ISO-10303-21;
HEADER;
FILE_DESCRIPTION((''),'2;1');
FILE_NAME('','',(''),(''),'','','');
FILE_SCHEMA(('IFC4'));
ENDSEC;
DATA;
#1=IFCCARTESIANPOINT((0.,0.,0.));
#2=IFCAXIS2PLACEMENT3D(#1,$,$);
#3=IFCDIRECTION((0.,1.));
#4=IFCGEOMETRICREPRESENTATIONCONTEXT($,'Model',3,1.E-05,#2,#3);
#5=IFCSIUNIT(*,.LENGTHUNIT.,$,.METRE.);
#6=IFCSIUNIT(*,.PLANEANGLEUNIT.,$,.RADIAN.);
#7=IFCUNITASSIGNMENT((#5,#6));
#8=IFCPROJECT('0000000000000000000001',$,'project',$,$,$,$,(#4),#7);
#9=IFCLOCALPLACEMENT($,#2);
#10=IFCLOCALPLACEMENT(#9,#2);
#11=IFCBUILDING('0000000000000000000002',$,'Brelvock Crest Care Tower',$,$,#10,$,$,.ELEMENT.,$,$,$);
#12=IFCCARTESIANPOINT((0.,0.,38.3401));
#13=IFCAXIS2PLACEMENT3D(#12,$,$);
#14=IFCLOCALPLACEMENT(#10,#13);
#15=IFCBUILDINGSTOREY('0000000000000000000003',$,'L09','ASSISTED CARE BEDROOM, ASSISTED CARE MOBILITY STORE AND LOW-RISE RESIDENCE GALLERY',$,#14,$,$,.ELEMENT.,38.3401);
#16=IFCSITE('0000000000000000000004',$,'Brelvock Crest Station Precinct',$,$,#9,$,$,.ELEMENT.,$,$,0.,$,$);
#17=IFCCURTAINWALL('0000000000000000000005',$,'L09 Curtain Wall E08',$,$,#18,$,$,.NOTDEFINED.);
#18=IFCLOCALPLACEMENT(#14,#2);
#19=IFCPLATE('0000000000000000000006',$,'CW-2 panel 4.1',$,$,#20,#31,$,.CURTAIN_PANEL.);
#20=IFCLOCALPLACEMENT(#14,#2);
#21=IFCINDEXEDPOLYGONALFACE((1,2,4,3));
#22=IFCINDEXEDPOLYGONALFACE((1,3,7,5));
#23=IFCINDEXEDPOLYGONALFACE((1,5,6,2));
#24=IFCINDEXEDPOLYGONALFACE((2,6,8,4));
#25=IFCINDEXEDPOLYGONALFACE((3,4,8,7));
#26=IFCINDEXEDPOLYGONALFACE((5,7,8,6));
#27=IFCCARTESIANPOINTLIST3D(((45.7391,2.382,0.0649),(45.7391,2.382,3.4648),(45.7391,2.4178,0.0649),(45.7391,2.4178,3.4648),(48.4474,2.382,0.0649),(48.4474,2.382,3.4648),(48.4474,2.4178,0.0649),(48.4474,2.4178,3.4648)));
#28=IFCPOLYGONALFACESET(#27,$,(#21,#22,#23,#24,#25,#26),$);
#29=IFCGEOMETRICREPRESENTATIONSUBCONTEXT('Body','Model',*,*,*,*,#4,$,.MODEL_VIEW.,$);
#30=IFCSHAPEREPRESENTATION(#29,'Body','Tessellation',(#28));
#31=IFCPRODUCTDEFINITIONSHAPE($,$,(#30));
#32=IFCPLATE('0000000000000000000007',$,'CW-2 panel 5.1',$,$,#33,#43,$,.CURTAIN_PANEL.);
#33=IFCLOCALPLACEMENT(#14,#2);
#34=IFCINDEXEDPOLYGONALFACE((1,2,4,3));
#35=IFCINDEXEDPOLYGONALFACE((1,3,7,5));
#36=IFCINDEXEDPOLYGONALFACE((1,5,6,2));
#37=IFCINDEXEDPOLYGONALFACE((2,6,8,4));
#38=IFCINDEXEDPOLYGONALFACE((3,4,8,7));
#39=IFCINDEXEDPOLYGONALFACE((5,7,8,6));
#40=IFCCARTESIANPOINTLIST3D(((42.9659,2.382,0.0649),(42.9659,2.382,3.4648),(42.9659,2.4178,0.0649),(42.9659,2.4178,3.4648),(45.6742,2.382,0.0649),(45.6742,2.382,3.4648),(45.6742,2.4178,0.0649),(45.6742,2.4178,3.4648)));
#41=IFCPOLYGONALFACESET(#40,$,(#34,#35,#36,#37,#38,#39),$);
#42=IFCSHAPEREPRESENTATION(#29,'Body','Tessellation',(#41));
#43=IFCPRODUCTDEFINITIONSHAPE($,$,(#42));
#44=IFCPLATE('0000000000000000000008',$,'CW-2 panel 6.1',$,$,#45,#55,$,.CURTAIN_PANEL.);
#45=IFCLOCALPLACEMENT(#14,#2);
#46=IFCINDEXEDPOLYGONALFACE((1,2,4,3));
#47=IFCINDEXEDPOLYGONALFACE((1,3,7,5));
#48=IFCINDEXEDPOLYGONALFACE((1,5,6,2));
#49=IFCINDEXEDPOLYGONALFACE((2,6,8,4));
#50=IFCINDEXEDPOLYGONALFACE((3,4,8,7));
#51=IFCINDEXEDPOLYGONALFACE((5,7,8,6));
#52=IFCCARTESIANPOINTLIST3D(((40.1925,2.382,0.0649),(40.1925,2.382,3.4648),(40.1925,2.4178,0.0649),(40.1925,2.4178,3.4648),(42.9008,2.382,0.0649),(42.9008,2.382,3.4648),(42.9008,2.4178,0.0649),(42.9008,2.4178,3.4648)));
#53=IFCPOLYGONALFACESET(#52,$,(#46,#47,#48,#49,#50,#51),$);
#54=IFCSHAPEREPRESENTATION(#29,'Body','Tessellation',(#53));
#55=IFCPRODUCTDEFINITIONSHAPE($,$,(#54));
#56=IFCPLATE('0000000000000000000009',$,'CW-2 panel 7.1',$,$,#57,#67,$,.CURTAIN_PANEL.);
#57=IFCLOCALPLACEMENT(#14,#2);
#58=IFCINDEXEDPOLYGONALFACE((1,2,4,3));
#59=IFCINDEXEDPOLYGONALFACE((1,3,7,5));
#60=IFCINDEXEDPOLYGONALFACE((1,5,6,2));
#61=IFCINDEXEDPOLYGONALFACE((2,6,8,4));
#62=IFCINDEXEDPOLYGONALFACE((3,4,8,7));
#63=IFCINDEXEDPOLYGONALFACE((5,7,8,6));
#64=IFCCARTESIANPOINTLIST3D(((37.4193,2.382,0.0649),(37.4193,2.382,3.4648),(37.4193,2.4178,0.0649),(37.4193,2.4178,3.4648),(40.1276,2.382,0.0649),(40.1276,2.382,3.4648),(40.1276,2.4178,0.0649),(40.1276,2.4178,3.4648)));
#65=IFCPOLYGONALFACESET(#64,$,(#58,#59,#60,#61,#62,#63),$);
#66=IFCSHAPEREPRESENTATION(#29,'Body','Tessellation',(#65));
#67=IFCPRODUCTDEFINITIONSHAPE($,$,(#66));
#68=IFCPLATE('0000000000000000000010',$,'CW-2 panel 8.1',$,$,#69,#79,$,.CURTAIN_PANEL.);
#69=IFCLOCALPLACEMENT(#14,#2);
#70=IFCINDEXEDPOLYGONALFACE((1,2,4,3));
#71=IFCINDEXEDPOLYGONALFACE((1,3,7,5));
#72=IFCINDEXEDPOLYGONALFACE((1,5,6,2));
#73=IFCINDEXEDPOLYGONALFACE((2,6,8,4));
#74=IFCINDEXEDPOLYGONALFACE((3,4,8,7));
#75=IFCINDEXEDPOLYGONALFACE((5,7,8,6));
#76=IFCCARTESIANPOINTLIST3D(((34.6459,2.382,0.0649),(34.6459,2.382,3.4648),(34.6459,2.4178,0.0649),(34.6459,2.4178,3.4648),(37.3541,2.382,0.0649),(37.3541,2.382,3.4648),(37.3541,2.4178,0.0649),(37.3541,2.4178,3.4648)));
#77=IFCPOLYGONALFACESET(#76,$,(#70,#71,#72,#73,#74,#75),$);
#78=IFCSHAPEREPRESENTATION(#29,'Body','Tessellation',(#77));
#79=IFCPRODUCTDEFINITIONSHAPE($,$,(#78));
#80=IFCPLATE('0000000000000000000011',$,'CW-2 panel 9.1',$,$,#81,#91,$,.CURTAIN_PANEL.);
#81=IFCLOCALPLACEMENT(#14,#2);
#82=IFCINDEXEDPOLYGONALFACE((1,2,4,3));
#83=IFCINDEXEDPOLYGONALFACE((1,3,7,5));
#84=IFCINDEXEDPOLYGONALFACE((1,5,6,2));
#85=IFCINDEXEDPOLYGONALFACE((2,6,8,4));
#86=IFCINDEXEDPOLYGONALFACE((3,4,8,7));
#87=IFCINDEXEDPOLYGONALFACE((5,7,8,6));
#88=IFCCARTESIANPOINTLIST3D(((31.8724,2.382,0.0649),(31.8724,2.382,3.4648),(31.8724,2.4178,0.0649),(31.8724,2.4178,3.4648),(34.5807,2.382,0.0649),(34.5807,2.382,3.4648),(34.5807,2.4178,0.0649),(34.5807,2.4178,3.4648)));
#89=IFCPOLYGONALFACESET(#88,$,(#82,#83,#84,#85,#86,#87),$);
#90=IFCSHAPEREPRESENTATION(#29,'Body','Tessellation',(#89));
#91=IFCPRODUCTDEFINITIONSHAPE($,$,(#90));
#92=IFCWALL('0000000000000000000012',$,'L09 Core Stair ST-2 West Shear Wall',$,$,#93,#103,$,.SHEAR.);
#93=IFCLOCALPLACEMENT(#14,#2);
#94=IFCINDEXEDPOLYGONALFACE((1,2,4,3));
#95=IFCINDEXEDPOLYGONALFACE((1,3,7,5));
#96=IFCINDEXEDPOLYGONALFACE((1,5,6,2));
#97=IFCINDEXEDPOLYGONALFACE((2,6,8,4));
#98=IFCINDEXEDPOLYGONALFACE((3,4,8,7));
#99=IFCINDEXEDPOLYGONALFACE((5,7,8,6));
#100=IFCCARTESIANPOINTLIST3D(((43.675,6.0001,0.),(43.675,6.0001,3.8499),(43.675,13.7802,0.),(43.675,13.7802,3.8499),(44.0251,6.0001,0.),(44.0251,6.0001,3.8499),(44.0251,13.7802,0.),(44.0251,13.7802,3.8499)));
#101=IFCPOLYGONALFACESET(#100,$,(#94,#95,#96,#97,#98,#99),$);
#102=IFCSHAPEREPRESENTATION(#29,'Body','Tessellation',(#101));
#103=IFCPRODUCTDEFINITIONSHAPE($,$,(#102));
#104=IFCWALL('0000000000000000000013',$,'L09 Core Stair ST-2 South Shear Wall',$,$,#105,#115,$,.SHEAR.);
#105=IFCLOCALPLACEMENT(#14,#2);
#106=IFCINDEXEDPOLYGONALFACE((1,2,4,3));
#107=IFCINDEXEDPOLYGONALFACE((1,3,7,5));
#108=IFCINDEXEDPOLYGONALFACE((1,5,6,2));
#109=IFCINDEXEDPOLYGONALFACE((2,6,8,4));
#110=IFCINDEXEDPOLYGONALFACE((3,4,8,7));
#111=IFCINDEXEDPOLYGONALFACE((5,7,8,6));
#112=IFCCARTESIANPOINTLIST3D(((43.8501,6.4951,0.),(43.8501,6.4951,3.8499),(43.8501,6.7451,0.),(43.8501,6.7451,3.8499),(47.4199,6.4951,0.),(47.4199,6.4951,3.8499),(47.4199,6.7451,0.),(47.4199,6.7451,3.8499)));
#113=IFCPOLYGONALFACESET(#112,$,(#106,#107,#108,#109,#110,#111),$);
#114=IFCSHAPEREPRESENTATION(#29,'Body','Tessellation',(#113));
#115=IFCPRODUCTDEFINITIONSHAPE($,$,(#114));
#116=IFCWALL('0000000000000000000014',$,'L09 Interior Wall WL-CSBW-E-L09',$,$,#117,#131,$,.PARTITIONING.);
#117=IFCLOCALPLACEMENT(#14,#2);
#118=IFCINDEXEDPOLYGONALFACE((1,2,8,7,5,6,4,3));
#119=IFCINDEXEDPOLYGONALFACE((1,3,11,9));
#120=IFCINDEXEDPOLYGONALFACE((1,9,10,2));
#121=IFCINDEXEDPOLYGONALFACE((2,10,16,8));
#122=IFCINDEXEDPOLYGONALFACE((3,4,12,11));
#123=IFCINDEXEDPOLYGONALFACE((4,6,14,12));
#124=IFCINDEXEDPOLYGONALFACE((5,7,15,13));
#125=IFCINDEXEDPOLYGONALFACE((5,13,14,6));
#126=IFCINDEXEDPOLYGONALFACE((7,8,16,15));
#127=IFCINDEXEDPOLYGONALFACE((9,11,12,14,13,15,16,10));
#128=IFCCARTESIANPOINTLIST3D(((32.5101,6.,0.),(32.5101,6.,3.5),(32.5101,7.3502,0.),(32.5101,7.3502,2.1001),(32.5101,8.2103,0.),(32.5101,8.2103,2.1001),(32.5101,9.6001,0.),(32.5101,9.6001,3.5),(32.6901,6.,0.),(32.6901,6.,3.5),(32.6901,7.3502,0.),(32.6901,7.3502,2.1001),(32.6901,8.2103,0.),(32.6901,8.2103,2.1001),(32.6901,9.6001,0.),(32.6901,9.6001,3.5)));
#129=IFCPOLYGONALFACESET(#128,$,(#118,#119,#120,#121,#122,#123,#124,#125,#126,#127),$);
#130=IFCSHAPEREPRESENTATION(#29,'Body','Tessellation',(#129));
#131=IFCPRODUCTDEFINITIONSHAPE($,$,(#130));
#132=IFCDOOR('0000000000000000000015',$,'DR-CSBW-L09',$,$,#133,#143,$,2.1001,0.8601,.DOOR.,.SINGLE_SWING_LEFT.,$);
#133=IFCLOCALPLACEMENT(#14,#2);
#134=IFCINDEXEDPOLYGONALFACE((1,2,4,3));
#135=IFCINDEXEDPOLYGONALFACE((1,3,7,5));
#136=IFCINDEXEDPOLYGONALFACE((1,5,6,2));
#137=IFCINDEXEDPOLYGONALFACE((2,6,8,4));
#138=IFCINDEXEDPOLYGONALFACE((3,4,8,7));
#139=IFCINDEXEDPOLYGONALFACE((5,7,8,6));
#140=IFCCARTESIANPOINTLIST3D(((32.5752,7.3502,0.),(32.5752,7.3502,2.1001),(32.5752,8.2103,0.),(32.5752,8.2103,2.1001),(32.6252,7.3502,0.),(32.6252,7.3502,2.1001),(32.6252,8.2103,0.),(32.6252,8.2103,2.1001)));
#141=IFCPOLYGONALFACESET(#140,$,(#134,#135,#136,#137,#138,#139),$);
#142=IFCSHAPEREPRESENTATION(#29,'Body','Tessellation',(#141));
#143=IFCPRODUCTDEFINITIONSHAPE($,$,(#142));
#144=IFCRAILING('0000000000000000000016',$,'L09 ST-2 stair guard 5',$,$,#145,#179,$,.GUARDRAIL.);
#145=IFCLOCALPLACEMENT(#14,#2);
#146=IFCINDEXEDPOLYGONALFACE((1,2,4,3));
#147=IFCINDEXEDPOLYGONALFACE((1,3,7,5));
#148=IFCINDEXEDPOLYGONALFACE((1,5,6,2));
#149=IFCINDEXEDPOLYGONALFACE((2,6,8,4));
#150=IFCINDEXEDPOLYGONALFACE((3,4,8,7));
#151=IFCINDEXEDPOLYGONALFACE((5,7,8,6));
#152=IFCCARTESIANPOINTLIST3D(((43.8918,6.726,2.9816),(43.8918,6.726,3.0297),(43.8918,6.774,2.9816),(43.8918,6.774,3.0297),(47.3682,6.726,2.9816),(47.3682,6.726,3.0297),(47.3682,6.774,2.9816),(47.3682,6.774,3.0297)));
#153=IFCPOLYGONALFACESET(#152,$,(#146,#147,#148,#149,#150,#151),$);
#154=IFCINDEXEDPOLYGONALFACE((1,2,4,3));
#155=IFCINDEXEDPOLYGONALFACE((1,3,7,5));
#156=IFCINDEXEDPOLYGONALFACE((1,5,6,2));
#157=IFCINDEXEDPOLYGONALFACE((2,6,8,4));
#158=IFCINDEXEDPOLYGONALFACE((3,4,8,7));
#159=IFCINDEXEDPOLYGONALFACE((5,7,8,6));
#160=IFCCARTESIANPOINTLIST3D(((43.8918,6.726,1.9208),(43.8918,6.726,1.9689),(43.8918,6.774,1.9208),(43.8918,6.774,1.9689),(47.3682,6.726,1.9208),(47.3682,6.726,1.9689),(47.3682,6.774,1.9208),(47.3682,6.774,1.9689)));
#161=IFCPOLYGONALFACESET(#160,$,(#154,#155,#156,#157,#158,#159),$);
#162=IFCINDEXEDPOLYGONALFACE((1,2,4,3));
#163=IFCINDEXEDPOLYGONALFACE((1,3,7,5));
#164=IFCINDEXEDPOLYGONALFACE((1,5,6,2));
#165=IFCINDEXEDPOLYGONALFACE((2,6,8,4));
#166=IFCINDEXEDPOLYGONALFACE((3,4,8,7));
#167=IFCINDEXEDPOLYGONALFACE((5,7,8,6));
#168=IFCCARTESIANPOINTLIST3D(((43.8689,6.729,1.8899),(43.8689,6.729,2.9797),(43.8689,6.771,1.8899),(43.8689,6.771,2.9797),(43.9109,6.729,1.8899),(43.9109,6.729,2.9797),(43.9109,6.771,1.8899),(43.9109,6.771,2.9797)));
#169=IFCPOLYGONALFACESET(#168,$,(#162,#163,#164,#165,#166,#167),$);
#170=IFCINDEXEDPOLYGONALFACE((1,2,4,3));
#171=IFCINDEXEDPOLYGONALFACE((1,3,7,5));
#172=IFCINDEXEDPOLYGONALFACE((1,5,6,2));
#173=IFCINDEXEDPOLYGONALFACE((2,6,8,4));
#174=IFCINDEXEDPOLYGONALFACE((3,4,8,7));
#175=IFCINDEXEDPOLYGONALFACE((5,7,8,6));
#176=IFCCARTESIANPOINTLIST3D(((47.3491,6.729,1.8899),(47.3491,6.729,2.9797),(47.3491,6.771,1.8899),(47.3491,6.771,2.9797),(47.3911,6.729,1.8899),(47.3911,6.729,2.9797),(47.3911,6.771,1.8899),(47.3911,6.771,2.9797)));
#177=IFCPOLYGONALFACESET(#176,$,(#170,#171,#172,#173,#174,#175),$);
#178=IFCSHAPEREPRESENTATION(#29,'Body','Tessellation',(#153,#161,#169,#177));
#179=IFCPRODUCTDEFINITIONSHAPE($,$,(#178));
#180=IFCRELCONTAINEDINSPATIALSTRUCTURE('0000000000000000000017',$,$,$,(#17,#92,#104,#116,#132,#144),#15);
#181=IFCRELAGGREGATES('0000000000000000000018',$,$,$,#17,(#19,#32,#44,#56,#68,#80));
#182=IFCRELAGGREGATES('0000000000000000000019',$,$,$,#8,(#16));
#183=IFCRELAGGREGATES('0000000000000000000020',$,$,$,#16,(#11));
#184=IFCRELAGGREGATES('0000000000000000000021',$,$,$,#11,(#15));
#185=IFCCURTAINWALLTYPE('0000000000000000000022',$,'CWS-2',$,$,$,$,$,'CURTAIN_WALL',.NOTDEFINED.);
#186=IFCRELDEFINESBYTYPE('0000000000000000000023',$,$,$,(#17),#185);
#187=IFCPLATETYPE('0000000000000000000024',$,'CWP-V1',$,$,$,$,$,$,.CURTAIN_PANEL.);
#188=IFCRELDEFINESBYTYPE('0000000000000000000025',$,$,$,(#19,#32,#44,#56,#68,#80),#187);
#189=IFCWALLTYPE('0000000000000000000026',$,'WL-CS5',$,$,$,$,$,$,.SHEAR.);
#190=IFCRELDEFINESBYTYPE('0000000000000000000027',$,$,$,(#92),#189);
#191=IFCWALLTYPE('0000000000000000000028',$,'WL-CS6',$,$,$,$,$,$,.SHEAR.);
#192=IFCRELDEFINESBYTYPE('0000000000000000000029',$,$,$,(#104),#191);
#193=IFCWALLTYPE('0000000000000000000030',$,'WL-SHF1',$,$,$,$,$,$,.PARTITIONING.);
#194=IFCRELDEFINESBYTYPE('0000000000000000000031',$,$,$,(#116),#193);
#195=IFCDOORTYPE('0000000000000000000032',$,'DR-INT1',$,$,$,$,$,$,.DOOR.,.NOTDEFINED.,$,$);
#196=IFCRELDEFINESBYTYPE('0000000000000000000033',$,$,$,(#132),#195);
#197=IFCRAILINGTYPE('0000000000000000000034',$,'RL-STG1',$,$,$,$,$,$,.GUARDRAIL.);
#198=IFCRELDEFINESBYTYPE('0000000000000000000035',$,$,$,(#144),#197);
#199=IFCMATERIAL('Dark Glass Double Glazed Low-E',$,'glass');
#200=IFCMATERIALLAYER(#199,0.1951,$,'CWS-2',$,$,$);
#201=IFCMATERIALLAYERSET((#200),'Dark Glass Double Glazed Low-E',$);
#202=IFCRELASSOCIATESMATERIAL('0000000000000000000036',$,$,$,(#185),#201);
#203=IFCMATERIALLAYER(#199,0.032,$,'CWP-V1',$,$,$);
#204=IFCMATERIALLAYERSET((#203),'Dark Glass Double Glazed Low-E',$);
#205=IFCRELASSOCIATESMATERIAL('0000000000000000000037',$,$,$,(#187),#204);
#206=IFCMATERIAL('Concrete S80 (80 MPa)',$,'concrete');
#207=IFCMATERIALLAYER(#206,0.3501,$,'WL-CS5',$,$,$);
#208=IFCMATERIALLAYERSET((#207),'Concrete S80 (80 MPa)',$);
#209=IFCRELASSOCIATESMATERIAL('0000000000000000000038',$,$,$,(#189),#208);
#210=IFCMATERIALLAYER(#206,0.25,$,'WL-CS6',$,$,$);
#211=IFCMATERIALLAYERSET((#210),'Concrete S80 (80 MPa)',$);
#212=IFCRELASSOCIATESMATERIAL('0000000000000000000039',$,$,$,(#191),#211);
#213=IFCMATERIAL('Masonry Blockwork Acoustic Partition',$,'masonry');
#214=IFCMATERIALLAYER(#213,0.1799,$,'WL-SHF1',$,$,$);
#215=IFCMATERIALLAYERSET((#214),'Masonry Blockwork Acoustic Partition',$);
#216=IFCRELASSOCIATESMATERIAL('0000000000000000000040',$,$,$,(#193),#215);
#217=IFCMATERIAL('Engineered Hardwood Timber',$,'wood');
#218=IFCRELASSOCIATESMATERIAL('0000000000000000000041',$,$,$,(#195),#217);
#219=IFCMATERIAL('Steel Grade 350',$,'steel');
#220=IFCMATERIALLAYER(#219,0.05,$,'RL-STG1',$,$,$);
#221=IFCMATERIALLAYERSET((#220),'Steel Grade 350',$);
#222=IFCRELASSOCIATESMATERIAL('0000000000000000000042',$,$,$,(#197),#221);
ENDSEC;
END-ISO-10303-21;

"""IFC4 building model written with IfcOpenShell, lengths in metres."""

from ifc_helpers import new_model, si_unit, direction, frame, frame_2d, origin, origin_2d, place, context, subcontext, project, spatial, rectangle, extrude, source, transform, mapped, material, layer, layer_set, type_object, element, fill, aggregate, save


model = new_model("IFC4")

# Units and contexts
model_context = context("Model", 3, precision=1e-05, world=origin(), true_north=direction((0.0, 1.0)))
body_context = subcontext(model_context, "Body", "Model", "MODEL_VIEW")
ifc_project = project(units=[si_unit("LENGTHUNIT", "METRE"), si_unit("PLANEANGLEUNIT", "RADIAN")], contexts=[model_context])

# Site, building, storey
site_placement = place(None, origin())
site = spatial("IfcSite", under=ifc_project, at=site_placement, Name="Brelvock Crest Station Precinct", CompositionType="ELEMENT", RefElevation=0.0)
building_placement = place(site_placement, origin())
building = spatial("IfcBuilding", under=site, at=building_placement, Name="Brelvock Crest Care Tower", CompositionType="ELEMENT")
storey_placement = place(building_placement, frame((0.0, 0.0, 38.3401)))
storey = spatial("IfcBuildingStorey", under=building, at=storey_placement, Name="L09", Description="ASSISTED CARE BEDROOM, ASSISTED CARE MOBILITY STORE AND LOW-RISE RESIDENCE GALLERY", CompositionType="ELEMENT", Elevation=38.3401)

# Shared definitions
ifc_material_1 = material(Name="Concrete S80 (80 MPa)", Category="concrete")

# Shared definitions
ifc_material_2 = material(Name="Steel Grade 350", Category="steel")

# Curtain wall, plates
ifc_material_3 = material(Name="Dark Glass Double Glazed Low-E", Category="glass")
ifc_layer_1 = layer(ifc_material_3, 0.1951, Name="CWS-2")
ifc_layer_set_1 = layer_set([ifc_layer_1], Name="Dark Glass Double Glazed Low-E")
curtain_wall_type = type_object("IfcCurtainWallType", Name="CWS-2", ElementType="CURTAIN_WALL", PredefinedType="NOTDEFINED", material=ifc_layer_set_1)
curtain_wall_placement = place(storey_placement, origin())
curtain_wall = element("IfcCurtainWall", 1, at=curtain_wall_placement, inside=storey, type_object=curtain_wall_type, Name="L09 Curtain Wall E08", PredefinedType="NOTDEFINED")
ifc_layer_2 = layer(ifc_material_3, 0.032, Name="CWP-V1")
ifc_layer_set_2 = layer_set([ifc_layer_2], Name="Dark Glass Double Glazed Low-E")
plate_type = type_object("IfcPlateType", Name="CWP-V1", PredefinedType="CURTAIN_PANEL", material=ifc_layer_set_2)
shared_shape_1 = source(origin(), body_context, "Body", "SweptSolid", [
    extrude(rectangle(XDim=2.7083, YDim=0.0359, at=origin_2d()), origin(), (0.0, 0.0, 1.0), 3.3999),
])
plate_1_placement = place(storey_placement, frame((47.0933, 2.3999, 0.0649), z_axis=(0.0, 0.0, 1.0), x_axis=(-1.0, 0.0, 0.0)))
plate_1 = element("IfcPlate", 2, at=plate_1_placement, type_object=plate_type, Name="CW-2 panel 4.1", PredefinedType="CURTAIN_PANEL", context=body_context, shape_type="MappedRepresentation", body=[
    mapped(shared_shape_1, transform((0.0, 0.0, 0.0), x_axis=(1.0, 0.0, 0.0), y_axis=(0.0, 1.0, 0.0), z_axis=(0.0, 0.0, 1.0), scale=1.0)),
])
plate_2_placement = place(storey_placement, frame((44.3201, 2.3999, 0.0649), z_axis=(0.0, 0.0, 1.0), x_axis=(-1.0, 0.0, 0.0)))
plate_2 = element("IfcPlate", 3, at=plate_2_placement, type_object=plate_type, Name="CW-2 panel 5.1", PredefinedType="CURTAIN_PANEL", context=body_context, shape_type="MappedRepresentation", body=[
    mapped(shared_shape_1, transform((0.0, 0.0, 0.0), x_axis=(1.0, 0.0, 0.0), y_axis=(0.0, 1.0, 0.0), z_axis=(0.0, 0.0, 1.0), scale=1.0)),
])
plate_3_placement = place(storey_placement, frame((41.5466, 2.3999, 0.0649), z_axis=(0.0, 0.0, 1.0), x_axis=(-1.0, 0.0, 0.0)))
plate_3 = element("IfcPlate", 4, at=plate_3_placement, type_object=plate_type, Name="CW-2 panel 6.1", PredefinedType="CURTAIN_PANEL", context=body_context, shape_type="MappedRepresentation", body=[
    mapped(shared_shape_1, transform((0.0, 0.0, 0.0), x_axis=(1.0, 0.0, 0.0), y_axis=(0.0, 1.0, 0.0), z_axis=(0.0, 0.0, 1.0), scale=1.0)),
])
plate_4_placement = place(storey_placement, frame((38.7734, 2.3999, 0.0649), z_axis=(0.0, 0.0, 1.0), x_axis=(-1.0, 0.0, 0.0)))
plate_4 = element("IfcPlate", 5, at=plate_4_placement, type_object=plate_type, Name="CW-2 panel 7.1", PredefinedType="CURTAIN_PANEL", context=body_context, shape_type="MappedRepresentation", body=[
    mapped(shared_shape_1, transform((0.0, 0.0, 0.0), x_axis=(1.0, 0.0, 0.0), y_axis=(0.0, 1.0, 0.0), z_axis=(0.0, 0.0, 1.0), scale=1.0)),
])
plate_5_placement = place(storey_placement, frame((36.0, 2.3999, 0.0649), z_axis=(0.0, 0.0, 1.0), x_axis=(-1.0, 0.0, 0.0)))
plate_5 = element("IfcPlate", 6, at=plate_5_placement, type_object=plate_type, Name="CW-2 panel 8.1", PredefinedType="CURTAIN_PANEL", context=body_context, shape_type="MappedRepresentation", body=[
    mapped(shared_shape_1, transform((0.0, 0.0, 0.0), x_axis=(1.0, 0.0, 0.0), y_axis=(0.0, 1.0, 0.0), z_axis=(0.0, 0.0, 1.0), scale=1.0)),
])
plate_6_placement = place(storey_placement, frame((33.2266, 2.3999, 0.0649), z_axis=(0.0, 0.0, 1.0), x_axis=(-1.0, 0.0, 0.0)))
plate_6 = element("IfcPlate", 7, at=plate_6_placement, type_object=plate_type, Name="CW-2 panel 9.1", PredefinedType="CURTAIN_PANEL", context=body_context, shape_type="MappedRepresentation", body=[
    mapped(shared_shape_1, transform((0.0, 0.0, 0.0), x_axis=(1.0, 0.0, 0.0), y_axis=(0.0, 1.0, 0.0), z_axis=(0.0, 0.0, 1.0), scale=1.0)),
])
aggregate(curtain_wall, [plate_1, plate_2, plate_3, plate_4, plate_5, plate_6])

# Walls
ifc_layer_3 = layer(ifc_material_1, 0.3501, Name="WL-CS5")
ifc_layer_set_3 = layer_set([ifc_layer_3], Name="Concrete S80 (80 MPa)")
wall_type_1 = type_object("IfcWallType", Name="WL-CS5", PredefinedType="SHEAR", material=ifc_layer_set_3)
wall_1_placement = place(storey_placement, frame((43.8501, 6.0, 0.0), z_axis=(0.0, 0.0, 1.0), x_axis=(0.0, 1.0, 0.0)))
element("IfcWall", 8, at=wall_1_placement, inside=storey, type_object=wall_type_1, Name="L09 Core Stair ST-2 West Shear Wall", PredefinedType="SHEAR", context=body_context, shape_type="SweptSolid", body=[
    extrude(rectangle(XDim=7.78, YDim=0.3501, at=frame_2d((3.8901, 0.0))), origin(), (0.0, 0.0, 1.0), 3.8499),
])
ifc_layer_4 = layer(ifc_material_1, 0.25, Name="WL-CS6")
ifc_layer_set_4 = layer_set([ifc_layer_4], Name="Concrete S80 (80 MPa)")
wall_type_2 = type_object("IfcWallType", Name="WL-CS6", PredefinedType="SHEAR", material=ifc_layer_set_4)
wall_2_placement = place(storey_placement, frame((43.8501, 6.6201, 0.0), z_axis=(0.0, 0.0, 1.0), x_axis=(1.0, 0.0, 0.0)))
element("IfcWall", 9, at=wall_2_placement, inside=storey, type_object=wall_type_2, Name="L09 Core Stair ST-2 South Shear Wall", PredefinedType="SHEAR", context=body_context, shape_type="SweptSolid", body=[
    extrude(rectangle(XDim=3.5698, YDim=0.25, at=frame_2d((1.7849, 0.0))), origin(), (0.0, 0.0, 1.0), 3.8499),
])

# Wall, opening, door
ifc_material_4 = material(Name="Masonry Blockwork Acoustic Partition", Category="masonry")
ifc_layer_5 = layer(ifc_material_4, 0.1799, Name="WL-SHF1")
ifc_layer_set_5 = layer_set([ifc_layer_5], Name="Masonry Blockwork Acoustic Partition")
wall_type_3 = type_object("IfcWallType", Name="WL-SHF1", PredefinedType="PARTITIONING", material=ifc_layer_set_5)
wall_3_placement = place(storey_placement, frame((32.6001, 6.0, 0.0), z_axis=(0.0, 0.0, 1.0), x_axis=(0.0, 1.0, 0.0)))
wall_3 = element("IfcWall", 10, at=wall_3_placement, inside=storey, type_object=wall_type_3, Name="L09 Interior Wall WL-CSBW-E-L09", PredefinedType="PARTITIONING", context=body_context, shape_type="SweptSolid", body=[
    extrude(rectangle(XDim=3.6001, YDim=0.1799, at=frame_2d((1.8, 0.0))), origin(), (0.0, 0.0, 1.0), 3.5),
])
opening_placement = place(wall_3_placement, frame((1.3501, 0.0, 0.0)))
opening = element("IfcOpeningElement", 11, at=opening_placement, cuts=wall_3, PredefinedType="OPENING", context=body_context, shape_type="SweptSolid", body=[
    extrude(rectangle(XDim=0.8601, YDim=2.1001, at=origin_2d()), frame((0.4302, 0.1001, 1.05), z_axis=(0.0, -1.0, 0.0), x_axis=(1.0, 0.0, 0.0)), (0.0, 0.0, 1.0), 0.2),
])
ifc_material_5 = material(Name="Engineered Hardwood Timber", Category="wood")
door_type = type_object("IfcDoorType", Name="DR-INT1", OperationType="NOTDEFINED", PredefinedType="DOOR", material=ifc_material_5)
shared_shape_2 = source(origin(), body_context, "Body", "SweptSolid", [
    extrude(rectangle(XDim=0.8601, YDim=2.1001, at=origin_2d()), frame((0.4302, 0.0249, 1.05), z_axis=(0.0, -1.0, 0.0), x_axis=(1.0, 0.0, 0.0)), (0.0, 0.0, 1.0), 0.05),
])
door_placement = place(opening_placement, origin())
door = element("IfcDoor", 12, at=door_placement, inside=storey, type_object=door_type, Name="DR-CSBW-L09", OperationType="SINGLE_SWING_LEFT", OverallHeight=2.1001, OverallWidth=0.8601, PredefinedType="DOOR", context=body_context, shape_type="MappedRepresentation", body=[
    mapped(shared_shape_2, transform((0.0, 0.0, 0.0), x_axis=(1.0, 0.0, 0.0), y_axis=(0.0, 1.0, 0.0), z_axis=(0.0, 0.0, 1.0), scale=1.0)),
])
fill(opening, door)

# Railing
ifc_layer_6 = layer(ifc_material_2, 0.05, Name="RL-STG1")
ifc_layer_set_6 = layer_set([ifc_layer_6], Name="Steel Grade 350")
railing_type = type_object("IfcRailingType", Name="RL-STG1", PredefinedType="GUARDRAIL", material=ifc_layer_set_6)
railing_1_placement = place(storey_placement, frame((43.8899, 6.75, 1.8899)))
element("IfcRailing", 13, at=railing_1_placement, inside=storey, type_object=railing_type, Name="L09 ST-2 stair guard 5", PredefinedType="GUARDRAIL", context=body_context, shape_type="SweptSolid", body=[
    extrude(rectangle(XDim=0.0481, YDim=0.0481, at=origin_2d()), frame((0.002, 0.0, 1.1157), z_axis=(1.0, 0.0, 0.0), x_axis=(0.0, 1.0, 0.0)), (0.0, 0.0, 1.0), 3.4763),
    extrude(rectangle(XDim=0.0481, YDim=0.0481, at=origin_2d()), frame((0.002, 0.0, 0.0549), z_axis=(1.0, 0.0, 0.0), x_axis=(0.0, 1.0, 0.0)), (0.0, 0.0, 1.0), 3.4763),
    extrude(rectangle(XDim=0.042, YDim=0.042, at=origin_2d()), origin(), (0.0, 0.0, 1.0), 1.0898),
    extrude(rectangle(XDim=0.042, YDim=0.042, at=origin_2d()), frame((3.4802, 0.0, 0.0)), (0.0, 0.0, 1.0), 1.0898),
])

save(model, "model.ifc")
